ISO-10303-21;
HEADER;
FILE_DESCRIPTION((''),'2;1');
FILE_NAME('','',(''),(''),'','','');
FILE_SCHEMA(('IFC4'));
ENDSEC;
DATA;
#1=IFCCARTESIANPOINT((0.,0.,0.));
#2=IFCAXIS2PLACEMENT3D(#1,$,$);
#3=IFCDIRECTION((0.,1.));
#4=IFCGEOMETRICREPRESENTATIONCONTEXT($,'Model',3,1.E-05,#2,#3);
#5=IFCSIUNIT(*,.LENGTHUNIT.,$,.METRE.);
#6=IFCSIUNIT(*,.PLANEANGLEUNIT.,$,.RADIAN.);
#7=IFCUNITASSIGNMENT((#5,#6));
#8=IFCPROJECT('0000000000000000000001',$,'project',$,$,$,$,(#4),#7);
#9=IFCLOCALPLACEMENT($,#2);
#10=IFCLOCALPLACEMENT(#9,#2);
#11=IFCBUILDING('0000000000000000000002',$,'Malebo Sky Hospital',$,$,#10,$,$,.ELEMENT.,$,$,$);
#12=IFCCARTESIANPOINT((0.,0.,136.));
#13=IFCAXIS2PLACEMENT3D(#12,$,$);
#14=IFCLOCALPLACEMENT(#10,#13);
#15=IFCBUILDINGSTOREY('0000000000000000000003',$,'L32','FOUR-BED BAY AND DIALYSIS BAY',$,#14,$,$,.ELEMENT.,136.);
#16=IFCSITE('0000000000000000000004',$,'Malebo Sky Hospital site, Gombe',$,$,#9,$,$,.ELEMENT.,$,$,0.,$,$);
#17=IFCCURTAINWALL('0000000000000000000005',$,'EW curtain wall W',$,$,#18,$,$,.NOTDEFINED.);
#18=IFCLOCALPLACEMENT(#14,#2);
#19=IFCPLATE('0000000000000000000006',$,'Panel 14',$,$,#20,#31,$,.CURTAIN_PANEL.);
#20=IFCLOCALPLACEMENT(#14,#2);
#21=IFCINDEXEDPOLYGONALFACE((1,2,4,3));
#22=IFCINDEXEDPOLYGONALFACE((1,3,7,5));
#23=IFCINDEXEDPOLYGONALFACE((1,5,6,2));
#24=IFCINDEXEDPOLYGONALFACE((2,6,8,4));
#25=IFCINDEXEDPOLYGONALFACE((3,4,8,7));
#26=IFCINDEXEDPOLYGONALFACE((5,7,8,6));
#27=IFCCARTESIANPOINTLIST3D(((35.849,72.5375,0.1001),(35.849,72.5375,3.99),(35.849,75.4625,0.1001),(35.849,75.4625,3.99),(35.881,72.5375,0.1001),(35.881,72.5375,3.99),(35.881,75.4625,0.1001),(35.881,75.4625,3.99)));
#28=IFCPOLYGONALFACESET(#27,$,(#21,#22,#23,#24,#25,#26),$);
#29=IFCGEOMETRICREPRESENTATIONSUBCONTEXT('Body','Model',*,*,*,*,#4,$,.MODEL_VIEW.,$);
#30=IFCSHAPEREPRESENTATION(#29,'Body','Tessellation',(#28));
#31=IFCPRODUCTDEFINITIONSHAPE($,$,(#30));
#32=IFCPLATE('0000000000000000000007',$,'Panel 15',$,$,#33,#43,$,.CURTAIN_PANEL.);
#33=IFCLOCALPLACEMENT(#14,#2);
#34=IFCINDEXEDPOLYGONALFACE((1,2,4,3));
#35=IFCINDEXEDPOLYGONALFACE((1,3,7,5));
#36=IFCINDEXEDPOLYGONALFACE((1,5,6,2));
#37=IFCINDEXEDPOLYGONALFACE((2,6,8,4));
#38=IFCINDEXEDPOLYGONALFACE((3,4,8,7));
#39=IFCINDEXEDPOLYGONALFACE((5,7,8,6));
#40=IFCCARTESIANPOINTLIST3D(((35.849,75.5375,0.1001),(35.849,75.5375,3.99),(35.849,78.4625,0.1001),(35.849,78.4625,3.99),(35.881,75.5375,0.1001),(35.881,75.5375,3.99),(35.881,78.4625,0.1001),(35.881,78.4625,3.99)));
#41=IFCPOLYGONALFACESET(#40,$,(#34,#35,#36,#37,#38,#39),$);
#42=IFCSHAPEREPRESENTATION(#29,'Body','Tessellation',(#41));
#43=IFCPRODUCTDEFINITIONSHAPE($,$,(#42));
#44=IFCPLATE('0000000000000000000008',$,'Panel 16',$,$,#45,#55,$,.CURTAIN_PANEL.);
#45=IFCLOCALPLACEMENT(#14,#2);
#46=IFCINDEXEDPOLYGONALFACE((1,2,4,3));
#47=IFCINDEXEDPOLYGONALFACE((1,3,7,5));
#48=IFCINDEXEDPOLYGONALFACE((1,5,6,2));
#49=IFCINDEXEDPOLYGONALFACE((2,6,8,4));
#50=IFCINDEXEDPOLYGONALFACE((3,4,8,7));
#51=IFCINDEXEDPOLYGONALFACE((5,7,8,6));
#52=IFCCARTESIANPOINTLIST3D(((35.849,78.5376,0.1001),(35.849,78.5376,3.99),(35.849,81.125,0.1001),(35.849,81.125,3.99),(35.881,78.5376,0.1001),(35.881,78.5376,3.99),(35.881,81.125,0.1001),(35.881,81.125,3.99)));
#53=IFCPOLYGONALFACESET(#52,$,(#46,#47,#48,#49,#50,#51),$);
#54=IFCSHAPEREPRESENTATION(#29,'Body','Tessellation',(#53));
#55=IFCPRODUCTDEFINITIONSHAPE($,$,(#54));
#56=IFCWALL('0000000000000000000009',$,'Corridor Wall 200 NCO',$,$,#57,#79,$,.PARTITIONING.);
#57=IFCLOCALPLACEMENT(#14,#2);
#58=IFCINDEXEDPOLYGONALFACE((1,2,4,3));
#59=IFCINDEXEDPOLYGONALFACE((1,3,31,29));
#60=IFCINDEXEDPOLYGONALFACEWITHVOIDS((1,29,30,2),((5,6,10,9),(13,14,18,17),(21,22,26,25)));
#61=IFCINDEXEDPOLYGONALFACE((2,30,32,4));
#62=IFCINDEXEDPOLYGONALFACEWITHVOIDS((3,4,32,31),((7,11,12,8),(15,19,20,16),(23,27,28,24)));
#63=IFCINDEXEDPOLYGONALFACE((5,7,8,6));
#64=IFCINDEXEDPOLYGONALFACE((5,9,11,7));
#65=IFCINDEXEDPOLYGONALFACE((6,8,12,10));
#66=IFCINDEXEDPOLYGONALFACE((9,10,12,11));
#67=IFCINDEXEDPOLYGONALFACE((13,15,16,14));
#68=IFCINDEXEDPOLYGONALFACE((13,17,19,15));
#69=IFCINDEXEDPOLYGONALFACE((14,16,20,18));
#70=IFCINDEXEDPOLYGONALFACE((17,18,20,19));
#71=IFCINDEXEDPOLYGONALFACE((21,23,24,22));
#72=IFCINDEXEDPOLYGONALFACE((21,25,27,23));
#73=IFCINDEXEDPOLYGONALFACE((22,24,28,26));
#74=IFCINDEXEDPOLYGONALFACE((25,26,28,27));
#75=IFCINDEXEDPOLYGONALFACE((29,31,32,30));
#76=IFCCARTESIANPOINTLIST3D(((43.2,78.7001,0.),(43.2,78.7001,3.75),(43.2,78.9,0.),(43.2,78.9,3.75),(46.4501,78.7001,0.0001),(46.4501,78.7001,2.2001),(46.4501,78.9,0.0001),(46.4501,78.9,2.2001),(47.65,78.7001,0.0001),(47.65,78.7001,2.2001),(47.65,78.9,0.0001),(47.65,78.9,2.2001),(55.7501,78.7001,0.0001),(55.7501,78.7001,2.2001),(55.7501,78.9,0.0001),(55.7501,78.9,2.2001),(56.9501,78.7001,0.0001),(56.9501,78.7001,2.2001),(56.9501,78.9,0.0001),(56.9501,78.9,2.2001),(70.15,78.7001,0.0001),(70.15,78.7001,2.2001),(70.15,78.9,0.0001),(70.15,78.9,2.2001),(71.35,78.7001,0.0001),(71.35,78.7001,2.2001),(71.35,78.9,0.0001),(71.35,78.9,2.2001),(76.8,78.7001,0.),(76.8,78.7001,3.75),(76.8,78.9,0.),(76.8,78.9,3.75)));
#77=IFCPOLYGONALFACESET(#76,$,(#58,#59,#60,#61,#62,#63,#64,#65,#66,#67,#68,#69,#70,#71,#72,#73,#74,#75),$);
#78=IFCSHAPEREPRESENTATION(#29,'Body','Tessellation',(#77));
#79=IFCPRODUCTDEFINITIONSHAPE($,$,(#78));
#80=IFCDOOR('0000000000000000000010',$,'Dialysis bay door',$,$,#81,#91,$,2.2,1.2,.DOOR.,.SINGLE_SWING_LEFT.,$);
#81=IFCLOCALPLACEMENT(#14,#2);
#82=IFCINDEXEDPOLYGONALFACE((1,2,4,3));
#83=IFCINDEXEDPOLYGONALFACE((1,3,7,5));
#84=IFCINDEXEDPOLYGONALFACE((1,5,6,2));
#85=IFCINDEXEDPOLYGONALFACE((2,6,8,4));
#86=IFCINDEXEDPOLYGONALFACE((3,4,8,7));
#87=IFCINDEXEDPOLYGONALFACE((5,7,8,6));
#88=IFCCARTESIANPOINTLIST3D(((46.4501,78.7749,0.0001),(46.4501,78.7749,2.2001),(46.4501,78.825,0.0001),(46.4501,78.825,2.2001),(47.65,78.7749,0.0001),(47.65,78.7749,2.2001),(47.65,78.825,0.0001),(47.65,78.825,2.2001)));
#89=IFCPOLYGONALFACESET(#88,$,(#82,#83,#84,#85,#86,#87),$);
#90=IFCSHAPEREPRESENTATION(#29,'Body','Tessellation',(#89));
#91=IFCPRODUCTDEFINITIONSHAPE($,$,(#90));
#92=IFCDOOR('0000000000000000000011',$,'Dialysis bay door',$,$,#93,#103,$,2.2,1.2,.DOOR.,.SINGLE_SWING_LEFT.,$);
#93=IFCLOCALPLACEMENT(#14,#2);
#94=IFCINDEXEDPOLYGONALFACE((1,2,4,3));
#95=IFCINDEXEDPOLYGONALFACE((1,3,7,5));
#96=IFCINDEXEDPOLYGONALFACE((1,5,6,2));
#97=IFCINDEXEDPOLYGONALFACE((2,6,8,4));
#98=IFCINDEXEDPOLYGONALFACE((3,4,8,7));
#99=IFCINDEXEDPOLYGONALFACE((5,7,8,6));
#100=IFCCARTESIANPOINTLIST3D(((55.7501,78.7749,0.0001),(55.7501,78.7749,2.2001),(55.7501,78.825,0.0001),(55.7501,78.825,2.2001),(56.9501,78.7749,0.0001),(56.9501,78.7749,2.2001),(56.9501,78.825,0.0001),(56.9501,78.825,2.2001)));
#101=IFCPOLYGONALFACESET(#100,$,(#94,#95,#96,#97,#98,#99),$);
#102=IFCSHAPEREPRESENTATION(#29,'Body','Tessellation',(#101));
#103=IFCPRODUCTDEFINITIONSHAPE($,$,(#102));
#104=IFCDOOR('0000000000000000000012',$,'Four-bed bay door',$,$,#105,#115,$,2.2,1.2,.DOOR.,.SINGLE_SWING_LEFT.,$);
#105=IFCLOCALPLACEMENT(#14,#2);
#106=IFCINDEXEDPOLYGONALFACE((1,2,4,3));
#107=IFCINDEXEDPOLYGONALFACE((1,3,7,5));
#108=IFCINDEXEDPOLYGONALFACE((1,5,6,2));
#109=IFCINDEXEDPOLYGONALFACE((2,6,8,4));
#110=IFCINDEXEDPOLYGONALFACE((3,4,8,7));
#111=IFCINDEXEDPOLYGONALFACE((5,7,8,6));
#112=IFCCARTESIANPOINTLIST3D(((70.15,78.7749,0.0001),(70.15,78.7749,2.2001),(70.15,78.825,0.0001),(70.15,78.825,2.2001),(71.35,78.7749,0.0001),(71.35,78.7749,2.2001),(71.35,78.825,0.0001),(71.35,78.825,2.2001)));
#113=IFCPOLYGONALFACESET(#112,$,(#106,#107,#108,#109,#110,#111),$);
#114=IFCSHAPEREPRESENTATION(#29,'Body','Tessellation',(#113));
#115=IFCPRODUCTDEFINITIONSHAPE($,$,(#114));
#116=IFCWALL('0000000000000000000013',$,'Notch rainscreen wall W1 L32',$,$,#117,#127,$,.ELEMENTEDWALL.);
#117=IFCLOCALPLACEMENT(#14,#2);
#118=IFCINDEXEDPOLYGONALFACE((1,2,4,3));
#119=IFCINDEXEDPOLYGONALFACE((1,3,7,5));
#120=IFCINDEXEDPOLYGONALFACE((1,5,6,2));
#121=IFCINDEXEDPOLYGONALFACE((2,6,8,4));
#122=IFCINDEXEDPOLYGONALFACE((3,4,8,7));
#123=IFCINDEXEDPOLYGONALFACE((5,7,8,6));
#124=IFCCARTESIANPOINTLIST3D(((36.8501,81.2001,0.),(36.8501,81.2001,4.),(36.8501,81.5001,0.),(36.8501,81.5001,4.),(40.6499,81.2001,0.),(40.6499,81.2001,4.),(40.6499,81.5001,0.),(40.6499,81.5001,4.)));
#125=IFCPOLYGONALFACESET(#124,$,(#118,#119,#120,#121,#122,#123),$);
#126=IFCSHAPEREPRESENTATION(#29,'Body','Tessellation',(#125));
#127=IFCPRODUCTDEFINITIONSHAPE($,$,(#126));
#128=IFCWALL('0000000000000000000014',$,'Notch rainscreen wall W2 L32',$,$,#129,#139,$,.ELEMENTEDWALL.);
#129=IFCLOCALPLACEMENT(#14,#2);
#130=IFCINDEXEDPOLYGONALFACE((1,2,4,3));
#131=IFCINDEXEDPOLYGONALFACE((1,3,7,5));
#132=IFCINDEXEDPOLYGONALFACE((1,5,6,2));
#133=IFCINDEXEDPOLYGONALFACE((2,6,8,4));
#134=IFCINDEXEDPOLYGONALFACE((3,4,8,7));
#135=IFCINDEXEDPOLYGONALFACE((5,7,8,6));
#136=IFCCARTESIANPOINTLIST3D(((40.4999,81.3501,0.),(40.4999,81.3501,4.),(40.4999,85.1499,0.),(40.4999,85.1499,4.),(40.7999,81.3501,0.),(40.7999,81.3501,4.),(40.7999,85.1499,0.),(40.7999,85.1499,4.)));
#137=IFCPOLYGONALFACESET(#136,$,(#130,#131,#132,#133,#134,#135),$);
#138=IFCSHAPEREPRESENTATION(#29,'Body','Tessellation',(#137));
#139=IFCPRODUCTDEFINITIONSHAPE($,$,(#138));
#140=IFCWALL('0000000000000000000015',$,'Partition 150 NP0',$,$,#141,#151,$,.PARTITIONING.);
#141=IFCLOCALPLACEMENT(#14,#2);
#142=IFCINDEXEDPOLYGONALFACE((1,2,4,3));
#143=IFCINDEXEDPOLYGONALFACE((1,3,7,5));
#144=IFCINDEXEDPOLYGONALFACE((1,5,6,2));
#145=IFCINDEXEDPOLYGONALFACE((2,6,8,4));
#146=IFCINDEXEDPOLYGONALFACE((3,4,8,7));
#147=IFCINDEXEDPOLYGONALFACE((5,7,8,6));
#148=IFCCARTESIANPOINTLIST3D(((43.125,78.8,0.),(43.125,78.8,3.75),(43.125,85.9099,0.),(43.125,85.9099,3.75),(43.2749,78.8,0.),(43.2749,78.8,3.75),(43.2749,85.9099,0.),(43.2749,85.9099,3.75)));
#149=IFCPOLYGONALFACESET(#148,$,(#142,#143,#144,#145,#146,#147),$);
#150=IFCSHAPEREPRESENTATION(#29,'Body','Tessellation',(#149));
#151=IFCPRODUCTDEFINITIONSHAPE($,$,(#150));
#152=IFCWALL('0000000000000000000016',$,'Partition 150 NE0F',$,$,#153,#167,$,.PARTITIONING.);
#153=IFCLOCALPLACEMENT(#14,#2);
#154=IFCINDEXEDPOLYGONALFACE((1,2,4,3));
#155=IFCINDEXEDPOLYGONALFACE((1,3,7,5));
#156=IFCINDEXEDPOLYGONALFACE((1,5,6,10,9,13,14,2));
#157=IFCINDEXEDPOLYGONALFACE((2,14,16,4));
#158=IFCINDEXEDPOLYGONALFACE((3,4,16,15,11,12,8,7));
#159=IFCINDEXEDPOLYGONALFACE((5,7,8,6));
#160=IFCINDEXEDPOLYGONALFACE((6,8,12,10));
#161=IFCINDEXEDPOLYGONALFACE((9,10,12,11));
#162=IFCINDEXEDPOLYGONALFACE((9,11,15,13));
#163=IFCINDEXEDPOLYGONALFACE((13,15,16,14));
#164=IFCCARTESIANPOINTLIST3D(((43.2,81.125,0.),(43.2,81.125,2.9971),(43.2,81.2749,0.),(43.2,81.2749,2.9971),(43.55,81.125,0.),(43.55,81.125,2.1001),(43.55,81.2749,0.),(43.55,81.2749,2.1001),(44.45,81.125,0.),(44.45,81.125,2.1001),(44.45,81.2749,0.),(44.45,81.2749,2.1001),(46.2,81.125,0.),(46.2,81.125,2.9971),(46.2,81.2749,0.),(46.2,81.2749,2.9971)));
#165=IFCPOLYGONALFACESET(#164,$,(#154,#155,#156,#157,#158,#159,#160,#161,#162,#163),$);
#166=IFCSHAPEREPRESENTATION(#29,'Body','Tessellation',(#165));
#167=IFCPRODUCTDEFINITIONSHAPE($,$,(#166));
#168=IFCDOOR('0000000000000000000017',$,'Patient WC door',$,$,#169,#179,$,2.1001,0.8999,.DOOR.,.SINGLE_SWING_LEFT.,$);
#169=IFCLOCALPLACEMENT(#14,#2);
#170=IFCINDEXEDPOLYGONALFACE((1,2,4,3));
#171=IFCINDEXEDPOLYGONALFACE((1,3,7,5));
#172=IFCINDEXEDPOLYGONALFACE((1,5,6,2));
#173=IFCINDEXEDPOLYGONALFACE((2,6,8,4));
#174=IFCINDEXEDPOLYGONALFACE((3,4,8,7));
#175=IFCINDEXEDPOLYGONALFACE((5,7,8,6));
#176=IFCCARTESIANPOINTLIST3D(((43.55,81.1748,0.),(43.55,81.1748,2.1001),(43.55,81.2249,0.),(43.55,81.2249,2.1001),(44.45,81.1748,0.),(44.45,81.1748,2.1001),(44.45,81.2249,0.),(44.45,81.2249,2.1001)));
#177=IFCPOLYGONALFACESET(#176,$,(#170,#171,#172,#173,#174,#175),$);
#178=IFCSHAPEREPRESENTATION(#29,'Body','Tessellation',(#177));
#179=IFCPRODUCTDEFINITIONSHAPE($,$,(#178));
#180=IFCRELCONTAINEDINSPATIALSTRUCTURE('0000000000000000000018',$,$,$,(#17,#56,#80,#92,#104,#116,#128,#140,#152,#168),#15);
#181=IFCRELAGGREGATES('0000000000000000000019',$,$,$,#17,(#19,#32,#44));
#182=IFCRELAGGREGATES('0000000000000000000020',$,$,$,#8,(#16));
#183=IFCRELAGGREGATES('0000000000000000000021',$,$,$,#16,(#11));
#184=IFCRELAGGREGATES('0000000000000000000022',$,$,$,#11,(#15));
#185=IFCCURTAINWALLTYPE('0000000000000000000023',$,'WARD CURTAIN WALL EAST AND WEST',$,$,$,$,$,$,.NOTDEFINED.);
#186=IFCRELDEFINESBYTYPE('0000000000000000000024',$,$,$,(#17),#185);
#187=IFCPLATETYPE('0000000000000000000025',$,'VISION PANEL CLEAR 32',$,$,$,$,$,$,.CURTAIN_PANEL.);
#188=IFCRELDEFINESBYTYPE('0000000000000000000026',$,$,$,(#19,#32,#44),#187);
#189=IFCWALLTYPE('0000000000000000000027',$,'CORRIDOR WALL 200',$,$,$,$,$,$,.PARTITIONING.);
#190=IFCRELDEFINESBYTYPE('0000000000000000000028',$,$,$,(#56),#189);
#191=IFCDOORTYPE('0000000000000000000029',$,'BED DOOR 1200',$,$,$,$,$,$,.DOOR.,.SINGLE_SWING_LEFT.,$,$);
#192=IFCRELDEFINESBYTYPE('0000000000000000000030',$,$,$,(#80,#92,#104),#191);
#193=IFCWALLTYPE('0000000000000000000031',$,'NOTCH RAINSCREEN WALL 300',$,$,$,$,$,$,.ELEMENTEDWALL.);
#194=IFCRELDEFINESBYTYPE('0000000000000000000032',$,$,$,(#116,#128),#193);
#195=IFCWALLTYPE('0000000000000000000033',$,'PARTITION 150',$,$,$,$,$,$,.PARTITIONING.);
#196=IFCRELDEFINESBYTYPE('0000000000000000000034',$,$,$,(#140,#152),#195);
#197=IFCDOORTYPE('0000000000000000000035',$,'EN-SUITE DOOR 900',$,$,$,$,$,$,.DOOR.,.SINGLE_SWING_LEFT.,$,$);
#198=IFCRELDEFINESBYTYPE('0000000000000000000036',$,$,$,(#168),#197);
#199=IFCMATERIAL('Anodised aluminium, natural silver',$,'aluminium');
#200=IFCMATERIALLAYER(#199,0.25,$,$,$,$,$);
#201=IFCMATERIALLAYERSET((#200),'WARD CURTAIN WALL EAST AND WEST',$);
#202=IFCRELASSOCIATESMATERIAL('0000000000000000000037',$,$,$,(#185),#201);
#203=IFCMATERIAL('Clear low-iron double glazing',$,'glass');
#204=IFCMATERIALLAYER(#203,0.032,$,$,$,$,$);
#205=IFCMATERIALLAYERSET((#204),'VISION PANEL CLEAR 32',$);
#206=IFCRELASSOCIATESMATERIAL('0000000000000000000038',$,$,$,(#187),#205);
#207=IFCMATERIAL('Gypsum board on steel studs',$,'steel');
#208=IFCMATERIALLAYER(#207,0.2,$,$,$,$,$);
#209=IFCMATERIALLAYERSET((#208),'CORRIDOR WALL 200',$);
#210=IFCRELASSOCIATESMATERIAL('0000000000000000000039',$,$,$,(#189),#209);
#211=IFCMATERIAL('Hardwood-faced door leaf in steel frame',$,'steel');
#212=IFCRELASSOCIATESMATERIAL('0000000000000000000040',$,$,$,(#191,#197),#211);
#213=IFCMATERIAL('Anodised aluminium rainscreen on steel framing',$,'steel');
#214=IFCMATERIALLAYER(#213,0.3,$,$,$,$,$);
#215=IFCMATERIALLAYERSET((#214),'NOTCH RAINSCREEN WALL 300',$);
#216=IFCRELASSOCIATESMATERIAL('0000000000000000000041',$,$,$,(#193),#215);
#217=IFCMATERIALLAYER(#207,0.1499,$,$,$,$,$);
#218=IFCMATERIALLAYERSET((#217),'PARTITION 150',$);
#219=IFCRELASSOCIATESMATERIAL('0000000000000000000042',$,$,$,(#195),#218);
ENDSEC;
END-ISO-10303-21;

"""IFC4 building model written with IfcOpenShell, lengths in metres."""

from ifc_helpers import new_model, si_unit, direction, frame, frame_2d, origin, origin_2d, place, context, subcontext, project, spatial, rectangle, extrude, material, layer, layer_set, type_object, element, fill, aggregate, save


model = new_model("IFC4")

# Units and contexts
model_context = context("Model", 3, precision=1e-05, world=origin(), true_north=direction((0.0, 1.0)))
body_context = subcontext(model_context, "Body", "Model", "MODEL_VIEW")
ifc_project = project(units=[si_unit("LENGTHUNIT", "METRE"), si_unit("PLANEANGLEUNIT", "RADIAN")], contexts=[model_context])

# Site, building, storey
site_placement = place(None, origin())
site = spatial("IfcSite", under=ifc_project, at=site_placement, Name="Malebo Sky Hospital site, Gombe", CompositionType="ELEMENT", RefElevation=0.0)
building_placement = place(site_placement, origin())
building = spatial("IfcBuilding", under=site, at=building_placement, Name="Malebo Sky Hospital", CompositionType="ELEMENT")
storey_placement = place(building_placement, frame((0.0, 0.0, 136.0)))
storey = spatial("IfcBuildingStorey", under=building, at=storey_placement, Name="L32", Description="FOUR-BED BAY AND DIALYSIS BAY", CompositionType="ELEMENT", Elevation=136.0)

# Shared definitions
ifc_material_1 = material(Name="Anodised aluminium, natural silver", Category="aluminium")

# Curtain wall
ifc_layer_1 = layer(ifc_material_1, 0.25)
ifc_layer_set_1 = layer_set([ifc_layer_1], Name="WARD CURTAIN WALL EAST AND WEST")
curtain_wall_type_1 = type_object("IfcCurtainWallType", Name="WARD CURTAIN WALL EAST AND WEST", PredefinedType="NOTDEFINED", material=ifc_layer_set_1)
curtain_wall_1_placement = place(storey_placement, origin())
curtain_wall_1 = element("IfcCurtainWall", 1, at=curtain_wall_1_placement, inside=storey, type_object=curtain_wall_type_1, Name="EW curtain wall W", PredefinedType="NOTDEFINED")

# Plates
ifc_material_2 = material(Name="Clear low-iron double glazing", Category="glass")
ifc_layer_2 = layer(ifc_material_2, 0.032)
ifc_layer_set_2 = layer_set([ifc_layer_2], Name="VISION PANEL CLEAR 32")
plate_type = type_object("IfcPlateType", Name="VISION PANEL CLEAR 32", PredefinedType="CURTAIN_PANEL", material=ifc_layer_set_2)
plate_1_placement = place(storey_placement, frame((35.865, 74.0, 0.1001), z_axis=(0.0, 0.0, 1.0), x_axis=(0.0, 1.0, 0.0)))
plate_1 = element("IfcPlate", 2, at=plate_1_placement, type_object=plate_type, Name="Panel 14", PredefinedType="CURTAIN_PANEL", context=body_context, shape_type="SweptSolid", body=[
    extrude(rectangle(XDim=2.925, YDim=0.032, at=origin_2d()), origin(), (0.0, 0.0, 1.0), 3.8899),
])
plate_2_placement = place(storey_placement, frame((35.865, 77.0, 0.1001), z_axis=(0.0, 0.0, 1.0), x_axis=(0.0, 1.0, 0.0)))
plate_2 = element("IfcPlate", 3, at=plate_2_placement, type_object=plate_type, Name="Panel 15", PredefinedType="CURTAIN_PANEL", context=body_context, shape_type="SweptSolid", body=[
    extrude(rectangle(XDim=2.925, YDim=0.032, at=origin_2d()), origin(), (0.0, 0.0, 1.0), 3.8899),
])
plate_3_placement = place(storey_placement, frame((35.865, 79.8313, 0.1001), z_axis=(0.0, 0.0, 1.0), x_axis=(0.0, 1.0, 0.0)))
plate_3 = element("IfcPlate", 4, at=plate_3_placement, type_object=plate_type, Name="Panel 16", PredefinedType="CURTAIN_PANEL", context=body_context, shape_type="SweptSolid", body=[
    extrude(rectangle(XDim=2.5874, YDim=0.032, at=origin_2d()), origin(), (0.0, 0.0, 1.0), 3.8899),
])
aggregate(curtain_wall_1, [plate_1, plate_2, plate_3])

# Wall, openings, doors
ifc_material_3 = material(Name="Gypsum board on steel studs", Category="steel")
ifc_layer_3 = layer(ifc_material_3, 0.2)
ifc_layer_set_3 = layer_set([ifc_layer_3], Name="CORRIDOR WALL 200")
wall_type_1 = type_object("IfcWallType", Name="CORRIDOR WALL 200", PredefinedType="PARTITIONING", material=ifc_layer_set_3)
wall_1_placement = place(storey_placement, frame((43.2, 78.8, 0.0), z_axis=(0.0, 0.0, 1.0), x_axis=(1.0, 0.0, 0.0)))
wall_1 = element("IfcWall", 5, at=wall_1_placement, inside=storey, type_object=wall_type_1, Name="Corridor Wall 200 NCO", PredefinedType="PARTITIONING", context=body_context, shape_type="SweptSolid", body=[
    extrude(rectangle(XDim=33.6001, YDim=0.2, at=frame_2d((16.8, 0.0))), origin(), (0.0, 0.0, 1.0), 3.75),
])
opening_1_placement = place(wall_1_placement, frame((3.25, 0.0, 0.0)))
opening_1 = element("IfcOpeningElement", 6, at=opening_1_placement, cuts=wall_1, PredefinedType="OPENING", context=body_context, shape_type="SweptSolid", body=[
    extrude(rectangle(XDim=1.2, YDim=2.2, at=frame_2d((0.6001, 1.1001))), frame((0.0, 0.1099, 0.0), z_axis=(0.0, -1.0, 0.0), x_axis=(1.0, 0.0, 0.0)), (0.0, 0.0, 1.0), 0.22),
])
opening_2_placement = place(wall_1_placement, frame((12.55, 0.0, 0.0)))
opening_2 = element("IfcOpeningElement", 7, at=opening_2_placement, cuts=wall_1, PredefinedType="OPENING", context=body_context, shape_type="SweptSolid", body=[
    extrude(rectangle(XDim=1.2, YDim=2.2, at=frame_2d((0.6001, 1.1001))), frame((0.0, 0.1099, 0.0), z_axis=(0.0, -1.0, 0.0), x_axis=(1.0, 0.0, 0.0)), (0.0, 0.0, 1.0), 0.22),
])
opening_3_placement = place(wall_1_placement, frame((26.95, 0.0, 0.0)))
opening_3 = element("IfcOpeningElement", 8, at=opening_3_placement, cuts=wall_1, PredefinedType="OPENING", context=body_context, shape_type="SweptSolid", body=[
    extrude(rectangle(XDim=1.2, YDim=2.2, at=frame_2d((0.6001, 1.1001))), frame((0.0, 0.1099, 0.0), z_axis=(0.0, -1.0, 0.0), x_axis=(1.0, 0.0, 0.0)), (0.0, 0.0, 1.0), 0.22),
])
ifc_material_4 = material(Name="Hardwood-faced door leaf in steel frame", Category="steel")
door_type_1 = type_object("IfcDoorType", Name="BED DOOR 1200", OperationType="SINGLE_SWING_LEFT", PredefinedType="DOOR", material=ifc_material_4)
door_1_placement = place(opening_1_placement, origin())
door_1 = element("IfcDoor", 9, at=door_1_placement, inside=storey, type_object=door_type_1, Name="Dialysis bay door", OperationType="SINGLE_SWING_LEFT", OverallHeight=2.2, OverallWidth=1.2, PredefinedType="DOOR", context=body_context, shape_type="SweptSolid", body=[
    extrude(rectangle(XDim=1.2, YDim=2.2, at=frame_2d((0.6001, 1.1001))), frame((0.0, 0.0249, 0.0), z_axis=(0.0, -1.0, 0.0), x_axis=(1.0, 0.0, 0.0)), (0.0, 0.0, 1.0), 0.05),
])
fill(opening_1, door_1)
door_2_placement = place(opening_2_placement, origin())
door_2 = element("IfcDoor", 10, at=door_2_placement, inside=storey, type_object=door_type_1, Name="Dialysis bay door", OperationType="SINGLE_SWING_LEFT", OverallHeight=2.2, OverallWidth=1.2, PredefinedType="DOOR", context=body_context, shape_type="SweptSolid", body=[
    extrude(rectangle(XDim=1.2, YDim=2.2, at=frame_2d((0.6001, 1.1001))), frame((0.0, 0.0249, 0.0), z_axis=(0.0, -1.0, 0.0), x_axis=(1.0, 0.0, 0.0)), (0.0, 0.0, 1.0), 0.05),
])
fill(opening_2, door_2)
door_3_placement = place(opening_3_placement, origin())
door_3 = element("IfcDoor", 11, at=door_3_placement, inside=storey, type_object=door_type_1, Name="Four-bed bay door", OperationType="SINGLE_SWING_LEFT", OverallHeight=2.2, OverallWidth=1.2, PredefinedType="DOOR", context=body_context, shape_type="SweptSolid", body=[
    extrude(rectangle(XDim=1.2, YDim=2.2, at=frame_2d((0.6001, 1.1001))), frame((0.0, 0.0249, 0.0), z_axis=(0.0, -1.0, 0.0), x_axis=(1.0, 0.0, 0.0)), (0.0, 0.0, 1.0), 0.05),
])
fill(opening_3, door_3)

# Walls
ifc_material_5 = material(Name="Anodised aluminium rainscreen on steel framing", Category="steel")
ifc_layer_4 = layer(ifc_material_5, 0.3)
ifc_layer_set_4 = layer_set([ifc_layer_4], Name="NOTCH RAINSCREEN WALL 300")
wall_type_2 = type_object("IfcWallType", Name="NOTCH RAINSCREEN WALL 300", PredefinedType="ELEMENTEDWALL", material=ifc_layer_set_4)
for number, where, z_axis, x_axis, name in (
    (12, (36.8501, 81.3501, 0.0), (0.0, 0.0, 1.0), (1.0, 0.0, 0.0), "Notch rainscreen wall W1 L32"),
    (13, (40.6499, 81.3501, 0.0), (0.0, 0.0, 1.0), (0.0, 1.0, 0.0), "Notch rainscreen wall W2 L32"),
):
    element("IfcWall", number, at=place(storey_placement, frame(where, z_axis=z_axis, x_axis=x_axis)), inside=storey, type_object=wall_type_2, Name=name, PredefinedType="ELEMENTEDWALL", context=body_context, shape_type="SweptSolid", body=[
        extrude(rectangle(XDim=3.7998, YDim=0.3, at=frame_2d((1.8999, 0.0))), origin(), (0.0, 0.0, 1.0), 4.0),
    ])
ifc_layer_5 = layer(ifc_material_3, 0.1499)
ifc_layer_set_5 = layer_set([ifc_layer_5], Name="PARTITION 150")
wall_type_3 = type_object("IfcWallType", Name="PARTITION 150", PredefinedType="PARTITIONING", material=ifc_layer_set_5)
wall_2_placement = place(storey_placement, frame((43.2, 78.8, 0.0), z_axis=(0.0, 0.0, 1.0), x_axis=(0.0, 1.0, 0.0)))
element("IfcWall", 14, at=wall_2_placement, inside=storey, type_object=wall_type_3, Name="Partition 150 NP0", PredefinedType="PARTITIONING", context=body_context, shape_type="SweptSolid", body=[
    extrude(rectangle(XDim=7.1099, YDim=0.1499, at=frame_2d((3.5549, 0.0))), origin(), (0.0, 0.0, 1.0), 3.75),
])

# Wall, opening, door
wall_3_placement = place(storey_placement, frame((43.2, 81.2, 0.0), z_axis=(0.0, 0.0, 1.0), x_axis=(1.0, 0.0, 0.0)))
wall_3 = element("IfcWall", 15, at=wall_3_placement, inside=storey, type_object=wall_type_3, Name="Partition 150 NE0F", PredefinedType="PARTITIONING", context=body_context, shape_type="SweptSolid", body=[
    extrude(rectangle(XDim=3.0, YDim=0.1499, at=frame_2d((1.5, 0.0))), origin(), (0.0, 0.0, 1.0), 2.9971),
])
opening_4_placement = place(wall_3_placement, frame((0.3501, 0.0, 0.0)))
opening_4 = element("IfcOpeningElement", 16, at=opening_4_placement, cuts=wall_3, PredefinedType="OPENING", context=body_context, shape_type="SweptSolid", body=[
    extrude(rectangle(XDim=0.8999, YDim=2.1001, at=frame_2d((0.45, 1.05))), frame((0.0, 0.085, 0.0), z_axis=(0.0, -1.0, 0.0), x_axis=(1.0, 0.0, 0.0)), (0.0, 0.0, 1.0), 0.1699),
])
door_type_2 = type_object("IfcDoorType", Name="EN-SUITE DOOR 900", OperationType="SINGLE_SWING_LEFT", PredefinedType="DOOR", material=ifc_material_4)
door_4_placement = place(opening_4_placement, origin())
door_4 = element("IfcDoor", 17, at=door_4_placement, inside=storey, type_object=door_type_2, Name="Patient WC door", OperationType="SINGLE_SWING_LEFT", OverallHeight=2.1001, OverallWidth=0.8999, PredefinedType="DOOR", context=body_context, shape_type="SweptSolid", body=[
    extrude(rectangle(XDim=0.8999, YDim=2.1001, at=frame_2d((0.45, 1.05))), frame((0.0, 0.0249, 0.0), z_axis=(0.0, -1.0, 0.0), x_axis=(1.0, 0.0, 0.0)), (0.0, 0.0, 1.0), 0.05),
])
fill(opening_4, door_4)

save(model, "model.ifc")
